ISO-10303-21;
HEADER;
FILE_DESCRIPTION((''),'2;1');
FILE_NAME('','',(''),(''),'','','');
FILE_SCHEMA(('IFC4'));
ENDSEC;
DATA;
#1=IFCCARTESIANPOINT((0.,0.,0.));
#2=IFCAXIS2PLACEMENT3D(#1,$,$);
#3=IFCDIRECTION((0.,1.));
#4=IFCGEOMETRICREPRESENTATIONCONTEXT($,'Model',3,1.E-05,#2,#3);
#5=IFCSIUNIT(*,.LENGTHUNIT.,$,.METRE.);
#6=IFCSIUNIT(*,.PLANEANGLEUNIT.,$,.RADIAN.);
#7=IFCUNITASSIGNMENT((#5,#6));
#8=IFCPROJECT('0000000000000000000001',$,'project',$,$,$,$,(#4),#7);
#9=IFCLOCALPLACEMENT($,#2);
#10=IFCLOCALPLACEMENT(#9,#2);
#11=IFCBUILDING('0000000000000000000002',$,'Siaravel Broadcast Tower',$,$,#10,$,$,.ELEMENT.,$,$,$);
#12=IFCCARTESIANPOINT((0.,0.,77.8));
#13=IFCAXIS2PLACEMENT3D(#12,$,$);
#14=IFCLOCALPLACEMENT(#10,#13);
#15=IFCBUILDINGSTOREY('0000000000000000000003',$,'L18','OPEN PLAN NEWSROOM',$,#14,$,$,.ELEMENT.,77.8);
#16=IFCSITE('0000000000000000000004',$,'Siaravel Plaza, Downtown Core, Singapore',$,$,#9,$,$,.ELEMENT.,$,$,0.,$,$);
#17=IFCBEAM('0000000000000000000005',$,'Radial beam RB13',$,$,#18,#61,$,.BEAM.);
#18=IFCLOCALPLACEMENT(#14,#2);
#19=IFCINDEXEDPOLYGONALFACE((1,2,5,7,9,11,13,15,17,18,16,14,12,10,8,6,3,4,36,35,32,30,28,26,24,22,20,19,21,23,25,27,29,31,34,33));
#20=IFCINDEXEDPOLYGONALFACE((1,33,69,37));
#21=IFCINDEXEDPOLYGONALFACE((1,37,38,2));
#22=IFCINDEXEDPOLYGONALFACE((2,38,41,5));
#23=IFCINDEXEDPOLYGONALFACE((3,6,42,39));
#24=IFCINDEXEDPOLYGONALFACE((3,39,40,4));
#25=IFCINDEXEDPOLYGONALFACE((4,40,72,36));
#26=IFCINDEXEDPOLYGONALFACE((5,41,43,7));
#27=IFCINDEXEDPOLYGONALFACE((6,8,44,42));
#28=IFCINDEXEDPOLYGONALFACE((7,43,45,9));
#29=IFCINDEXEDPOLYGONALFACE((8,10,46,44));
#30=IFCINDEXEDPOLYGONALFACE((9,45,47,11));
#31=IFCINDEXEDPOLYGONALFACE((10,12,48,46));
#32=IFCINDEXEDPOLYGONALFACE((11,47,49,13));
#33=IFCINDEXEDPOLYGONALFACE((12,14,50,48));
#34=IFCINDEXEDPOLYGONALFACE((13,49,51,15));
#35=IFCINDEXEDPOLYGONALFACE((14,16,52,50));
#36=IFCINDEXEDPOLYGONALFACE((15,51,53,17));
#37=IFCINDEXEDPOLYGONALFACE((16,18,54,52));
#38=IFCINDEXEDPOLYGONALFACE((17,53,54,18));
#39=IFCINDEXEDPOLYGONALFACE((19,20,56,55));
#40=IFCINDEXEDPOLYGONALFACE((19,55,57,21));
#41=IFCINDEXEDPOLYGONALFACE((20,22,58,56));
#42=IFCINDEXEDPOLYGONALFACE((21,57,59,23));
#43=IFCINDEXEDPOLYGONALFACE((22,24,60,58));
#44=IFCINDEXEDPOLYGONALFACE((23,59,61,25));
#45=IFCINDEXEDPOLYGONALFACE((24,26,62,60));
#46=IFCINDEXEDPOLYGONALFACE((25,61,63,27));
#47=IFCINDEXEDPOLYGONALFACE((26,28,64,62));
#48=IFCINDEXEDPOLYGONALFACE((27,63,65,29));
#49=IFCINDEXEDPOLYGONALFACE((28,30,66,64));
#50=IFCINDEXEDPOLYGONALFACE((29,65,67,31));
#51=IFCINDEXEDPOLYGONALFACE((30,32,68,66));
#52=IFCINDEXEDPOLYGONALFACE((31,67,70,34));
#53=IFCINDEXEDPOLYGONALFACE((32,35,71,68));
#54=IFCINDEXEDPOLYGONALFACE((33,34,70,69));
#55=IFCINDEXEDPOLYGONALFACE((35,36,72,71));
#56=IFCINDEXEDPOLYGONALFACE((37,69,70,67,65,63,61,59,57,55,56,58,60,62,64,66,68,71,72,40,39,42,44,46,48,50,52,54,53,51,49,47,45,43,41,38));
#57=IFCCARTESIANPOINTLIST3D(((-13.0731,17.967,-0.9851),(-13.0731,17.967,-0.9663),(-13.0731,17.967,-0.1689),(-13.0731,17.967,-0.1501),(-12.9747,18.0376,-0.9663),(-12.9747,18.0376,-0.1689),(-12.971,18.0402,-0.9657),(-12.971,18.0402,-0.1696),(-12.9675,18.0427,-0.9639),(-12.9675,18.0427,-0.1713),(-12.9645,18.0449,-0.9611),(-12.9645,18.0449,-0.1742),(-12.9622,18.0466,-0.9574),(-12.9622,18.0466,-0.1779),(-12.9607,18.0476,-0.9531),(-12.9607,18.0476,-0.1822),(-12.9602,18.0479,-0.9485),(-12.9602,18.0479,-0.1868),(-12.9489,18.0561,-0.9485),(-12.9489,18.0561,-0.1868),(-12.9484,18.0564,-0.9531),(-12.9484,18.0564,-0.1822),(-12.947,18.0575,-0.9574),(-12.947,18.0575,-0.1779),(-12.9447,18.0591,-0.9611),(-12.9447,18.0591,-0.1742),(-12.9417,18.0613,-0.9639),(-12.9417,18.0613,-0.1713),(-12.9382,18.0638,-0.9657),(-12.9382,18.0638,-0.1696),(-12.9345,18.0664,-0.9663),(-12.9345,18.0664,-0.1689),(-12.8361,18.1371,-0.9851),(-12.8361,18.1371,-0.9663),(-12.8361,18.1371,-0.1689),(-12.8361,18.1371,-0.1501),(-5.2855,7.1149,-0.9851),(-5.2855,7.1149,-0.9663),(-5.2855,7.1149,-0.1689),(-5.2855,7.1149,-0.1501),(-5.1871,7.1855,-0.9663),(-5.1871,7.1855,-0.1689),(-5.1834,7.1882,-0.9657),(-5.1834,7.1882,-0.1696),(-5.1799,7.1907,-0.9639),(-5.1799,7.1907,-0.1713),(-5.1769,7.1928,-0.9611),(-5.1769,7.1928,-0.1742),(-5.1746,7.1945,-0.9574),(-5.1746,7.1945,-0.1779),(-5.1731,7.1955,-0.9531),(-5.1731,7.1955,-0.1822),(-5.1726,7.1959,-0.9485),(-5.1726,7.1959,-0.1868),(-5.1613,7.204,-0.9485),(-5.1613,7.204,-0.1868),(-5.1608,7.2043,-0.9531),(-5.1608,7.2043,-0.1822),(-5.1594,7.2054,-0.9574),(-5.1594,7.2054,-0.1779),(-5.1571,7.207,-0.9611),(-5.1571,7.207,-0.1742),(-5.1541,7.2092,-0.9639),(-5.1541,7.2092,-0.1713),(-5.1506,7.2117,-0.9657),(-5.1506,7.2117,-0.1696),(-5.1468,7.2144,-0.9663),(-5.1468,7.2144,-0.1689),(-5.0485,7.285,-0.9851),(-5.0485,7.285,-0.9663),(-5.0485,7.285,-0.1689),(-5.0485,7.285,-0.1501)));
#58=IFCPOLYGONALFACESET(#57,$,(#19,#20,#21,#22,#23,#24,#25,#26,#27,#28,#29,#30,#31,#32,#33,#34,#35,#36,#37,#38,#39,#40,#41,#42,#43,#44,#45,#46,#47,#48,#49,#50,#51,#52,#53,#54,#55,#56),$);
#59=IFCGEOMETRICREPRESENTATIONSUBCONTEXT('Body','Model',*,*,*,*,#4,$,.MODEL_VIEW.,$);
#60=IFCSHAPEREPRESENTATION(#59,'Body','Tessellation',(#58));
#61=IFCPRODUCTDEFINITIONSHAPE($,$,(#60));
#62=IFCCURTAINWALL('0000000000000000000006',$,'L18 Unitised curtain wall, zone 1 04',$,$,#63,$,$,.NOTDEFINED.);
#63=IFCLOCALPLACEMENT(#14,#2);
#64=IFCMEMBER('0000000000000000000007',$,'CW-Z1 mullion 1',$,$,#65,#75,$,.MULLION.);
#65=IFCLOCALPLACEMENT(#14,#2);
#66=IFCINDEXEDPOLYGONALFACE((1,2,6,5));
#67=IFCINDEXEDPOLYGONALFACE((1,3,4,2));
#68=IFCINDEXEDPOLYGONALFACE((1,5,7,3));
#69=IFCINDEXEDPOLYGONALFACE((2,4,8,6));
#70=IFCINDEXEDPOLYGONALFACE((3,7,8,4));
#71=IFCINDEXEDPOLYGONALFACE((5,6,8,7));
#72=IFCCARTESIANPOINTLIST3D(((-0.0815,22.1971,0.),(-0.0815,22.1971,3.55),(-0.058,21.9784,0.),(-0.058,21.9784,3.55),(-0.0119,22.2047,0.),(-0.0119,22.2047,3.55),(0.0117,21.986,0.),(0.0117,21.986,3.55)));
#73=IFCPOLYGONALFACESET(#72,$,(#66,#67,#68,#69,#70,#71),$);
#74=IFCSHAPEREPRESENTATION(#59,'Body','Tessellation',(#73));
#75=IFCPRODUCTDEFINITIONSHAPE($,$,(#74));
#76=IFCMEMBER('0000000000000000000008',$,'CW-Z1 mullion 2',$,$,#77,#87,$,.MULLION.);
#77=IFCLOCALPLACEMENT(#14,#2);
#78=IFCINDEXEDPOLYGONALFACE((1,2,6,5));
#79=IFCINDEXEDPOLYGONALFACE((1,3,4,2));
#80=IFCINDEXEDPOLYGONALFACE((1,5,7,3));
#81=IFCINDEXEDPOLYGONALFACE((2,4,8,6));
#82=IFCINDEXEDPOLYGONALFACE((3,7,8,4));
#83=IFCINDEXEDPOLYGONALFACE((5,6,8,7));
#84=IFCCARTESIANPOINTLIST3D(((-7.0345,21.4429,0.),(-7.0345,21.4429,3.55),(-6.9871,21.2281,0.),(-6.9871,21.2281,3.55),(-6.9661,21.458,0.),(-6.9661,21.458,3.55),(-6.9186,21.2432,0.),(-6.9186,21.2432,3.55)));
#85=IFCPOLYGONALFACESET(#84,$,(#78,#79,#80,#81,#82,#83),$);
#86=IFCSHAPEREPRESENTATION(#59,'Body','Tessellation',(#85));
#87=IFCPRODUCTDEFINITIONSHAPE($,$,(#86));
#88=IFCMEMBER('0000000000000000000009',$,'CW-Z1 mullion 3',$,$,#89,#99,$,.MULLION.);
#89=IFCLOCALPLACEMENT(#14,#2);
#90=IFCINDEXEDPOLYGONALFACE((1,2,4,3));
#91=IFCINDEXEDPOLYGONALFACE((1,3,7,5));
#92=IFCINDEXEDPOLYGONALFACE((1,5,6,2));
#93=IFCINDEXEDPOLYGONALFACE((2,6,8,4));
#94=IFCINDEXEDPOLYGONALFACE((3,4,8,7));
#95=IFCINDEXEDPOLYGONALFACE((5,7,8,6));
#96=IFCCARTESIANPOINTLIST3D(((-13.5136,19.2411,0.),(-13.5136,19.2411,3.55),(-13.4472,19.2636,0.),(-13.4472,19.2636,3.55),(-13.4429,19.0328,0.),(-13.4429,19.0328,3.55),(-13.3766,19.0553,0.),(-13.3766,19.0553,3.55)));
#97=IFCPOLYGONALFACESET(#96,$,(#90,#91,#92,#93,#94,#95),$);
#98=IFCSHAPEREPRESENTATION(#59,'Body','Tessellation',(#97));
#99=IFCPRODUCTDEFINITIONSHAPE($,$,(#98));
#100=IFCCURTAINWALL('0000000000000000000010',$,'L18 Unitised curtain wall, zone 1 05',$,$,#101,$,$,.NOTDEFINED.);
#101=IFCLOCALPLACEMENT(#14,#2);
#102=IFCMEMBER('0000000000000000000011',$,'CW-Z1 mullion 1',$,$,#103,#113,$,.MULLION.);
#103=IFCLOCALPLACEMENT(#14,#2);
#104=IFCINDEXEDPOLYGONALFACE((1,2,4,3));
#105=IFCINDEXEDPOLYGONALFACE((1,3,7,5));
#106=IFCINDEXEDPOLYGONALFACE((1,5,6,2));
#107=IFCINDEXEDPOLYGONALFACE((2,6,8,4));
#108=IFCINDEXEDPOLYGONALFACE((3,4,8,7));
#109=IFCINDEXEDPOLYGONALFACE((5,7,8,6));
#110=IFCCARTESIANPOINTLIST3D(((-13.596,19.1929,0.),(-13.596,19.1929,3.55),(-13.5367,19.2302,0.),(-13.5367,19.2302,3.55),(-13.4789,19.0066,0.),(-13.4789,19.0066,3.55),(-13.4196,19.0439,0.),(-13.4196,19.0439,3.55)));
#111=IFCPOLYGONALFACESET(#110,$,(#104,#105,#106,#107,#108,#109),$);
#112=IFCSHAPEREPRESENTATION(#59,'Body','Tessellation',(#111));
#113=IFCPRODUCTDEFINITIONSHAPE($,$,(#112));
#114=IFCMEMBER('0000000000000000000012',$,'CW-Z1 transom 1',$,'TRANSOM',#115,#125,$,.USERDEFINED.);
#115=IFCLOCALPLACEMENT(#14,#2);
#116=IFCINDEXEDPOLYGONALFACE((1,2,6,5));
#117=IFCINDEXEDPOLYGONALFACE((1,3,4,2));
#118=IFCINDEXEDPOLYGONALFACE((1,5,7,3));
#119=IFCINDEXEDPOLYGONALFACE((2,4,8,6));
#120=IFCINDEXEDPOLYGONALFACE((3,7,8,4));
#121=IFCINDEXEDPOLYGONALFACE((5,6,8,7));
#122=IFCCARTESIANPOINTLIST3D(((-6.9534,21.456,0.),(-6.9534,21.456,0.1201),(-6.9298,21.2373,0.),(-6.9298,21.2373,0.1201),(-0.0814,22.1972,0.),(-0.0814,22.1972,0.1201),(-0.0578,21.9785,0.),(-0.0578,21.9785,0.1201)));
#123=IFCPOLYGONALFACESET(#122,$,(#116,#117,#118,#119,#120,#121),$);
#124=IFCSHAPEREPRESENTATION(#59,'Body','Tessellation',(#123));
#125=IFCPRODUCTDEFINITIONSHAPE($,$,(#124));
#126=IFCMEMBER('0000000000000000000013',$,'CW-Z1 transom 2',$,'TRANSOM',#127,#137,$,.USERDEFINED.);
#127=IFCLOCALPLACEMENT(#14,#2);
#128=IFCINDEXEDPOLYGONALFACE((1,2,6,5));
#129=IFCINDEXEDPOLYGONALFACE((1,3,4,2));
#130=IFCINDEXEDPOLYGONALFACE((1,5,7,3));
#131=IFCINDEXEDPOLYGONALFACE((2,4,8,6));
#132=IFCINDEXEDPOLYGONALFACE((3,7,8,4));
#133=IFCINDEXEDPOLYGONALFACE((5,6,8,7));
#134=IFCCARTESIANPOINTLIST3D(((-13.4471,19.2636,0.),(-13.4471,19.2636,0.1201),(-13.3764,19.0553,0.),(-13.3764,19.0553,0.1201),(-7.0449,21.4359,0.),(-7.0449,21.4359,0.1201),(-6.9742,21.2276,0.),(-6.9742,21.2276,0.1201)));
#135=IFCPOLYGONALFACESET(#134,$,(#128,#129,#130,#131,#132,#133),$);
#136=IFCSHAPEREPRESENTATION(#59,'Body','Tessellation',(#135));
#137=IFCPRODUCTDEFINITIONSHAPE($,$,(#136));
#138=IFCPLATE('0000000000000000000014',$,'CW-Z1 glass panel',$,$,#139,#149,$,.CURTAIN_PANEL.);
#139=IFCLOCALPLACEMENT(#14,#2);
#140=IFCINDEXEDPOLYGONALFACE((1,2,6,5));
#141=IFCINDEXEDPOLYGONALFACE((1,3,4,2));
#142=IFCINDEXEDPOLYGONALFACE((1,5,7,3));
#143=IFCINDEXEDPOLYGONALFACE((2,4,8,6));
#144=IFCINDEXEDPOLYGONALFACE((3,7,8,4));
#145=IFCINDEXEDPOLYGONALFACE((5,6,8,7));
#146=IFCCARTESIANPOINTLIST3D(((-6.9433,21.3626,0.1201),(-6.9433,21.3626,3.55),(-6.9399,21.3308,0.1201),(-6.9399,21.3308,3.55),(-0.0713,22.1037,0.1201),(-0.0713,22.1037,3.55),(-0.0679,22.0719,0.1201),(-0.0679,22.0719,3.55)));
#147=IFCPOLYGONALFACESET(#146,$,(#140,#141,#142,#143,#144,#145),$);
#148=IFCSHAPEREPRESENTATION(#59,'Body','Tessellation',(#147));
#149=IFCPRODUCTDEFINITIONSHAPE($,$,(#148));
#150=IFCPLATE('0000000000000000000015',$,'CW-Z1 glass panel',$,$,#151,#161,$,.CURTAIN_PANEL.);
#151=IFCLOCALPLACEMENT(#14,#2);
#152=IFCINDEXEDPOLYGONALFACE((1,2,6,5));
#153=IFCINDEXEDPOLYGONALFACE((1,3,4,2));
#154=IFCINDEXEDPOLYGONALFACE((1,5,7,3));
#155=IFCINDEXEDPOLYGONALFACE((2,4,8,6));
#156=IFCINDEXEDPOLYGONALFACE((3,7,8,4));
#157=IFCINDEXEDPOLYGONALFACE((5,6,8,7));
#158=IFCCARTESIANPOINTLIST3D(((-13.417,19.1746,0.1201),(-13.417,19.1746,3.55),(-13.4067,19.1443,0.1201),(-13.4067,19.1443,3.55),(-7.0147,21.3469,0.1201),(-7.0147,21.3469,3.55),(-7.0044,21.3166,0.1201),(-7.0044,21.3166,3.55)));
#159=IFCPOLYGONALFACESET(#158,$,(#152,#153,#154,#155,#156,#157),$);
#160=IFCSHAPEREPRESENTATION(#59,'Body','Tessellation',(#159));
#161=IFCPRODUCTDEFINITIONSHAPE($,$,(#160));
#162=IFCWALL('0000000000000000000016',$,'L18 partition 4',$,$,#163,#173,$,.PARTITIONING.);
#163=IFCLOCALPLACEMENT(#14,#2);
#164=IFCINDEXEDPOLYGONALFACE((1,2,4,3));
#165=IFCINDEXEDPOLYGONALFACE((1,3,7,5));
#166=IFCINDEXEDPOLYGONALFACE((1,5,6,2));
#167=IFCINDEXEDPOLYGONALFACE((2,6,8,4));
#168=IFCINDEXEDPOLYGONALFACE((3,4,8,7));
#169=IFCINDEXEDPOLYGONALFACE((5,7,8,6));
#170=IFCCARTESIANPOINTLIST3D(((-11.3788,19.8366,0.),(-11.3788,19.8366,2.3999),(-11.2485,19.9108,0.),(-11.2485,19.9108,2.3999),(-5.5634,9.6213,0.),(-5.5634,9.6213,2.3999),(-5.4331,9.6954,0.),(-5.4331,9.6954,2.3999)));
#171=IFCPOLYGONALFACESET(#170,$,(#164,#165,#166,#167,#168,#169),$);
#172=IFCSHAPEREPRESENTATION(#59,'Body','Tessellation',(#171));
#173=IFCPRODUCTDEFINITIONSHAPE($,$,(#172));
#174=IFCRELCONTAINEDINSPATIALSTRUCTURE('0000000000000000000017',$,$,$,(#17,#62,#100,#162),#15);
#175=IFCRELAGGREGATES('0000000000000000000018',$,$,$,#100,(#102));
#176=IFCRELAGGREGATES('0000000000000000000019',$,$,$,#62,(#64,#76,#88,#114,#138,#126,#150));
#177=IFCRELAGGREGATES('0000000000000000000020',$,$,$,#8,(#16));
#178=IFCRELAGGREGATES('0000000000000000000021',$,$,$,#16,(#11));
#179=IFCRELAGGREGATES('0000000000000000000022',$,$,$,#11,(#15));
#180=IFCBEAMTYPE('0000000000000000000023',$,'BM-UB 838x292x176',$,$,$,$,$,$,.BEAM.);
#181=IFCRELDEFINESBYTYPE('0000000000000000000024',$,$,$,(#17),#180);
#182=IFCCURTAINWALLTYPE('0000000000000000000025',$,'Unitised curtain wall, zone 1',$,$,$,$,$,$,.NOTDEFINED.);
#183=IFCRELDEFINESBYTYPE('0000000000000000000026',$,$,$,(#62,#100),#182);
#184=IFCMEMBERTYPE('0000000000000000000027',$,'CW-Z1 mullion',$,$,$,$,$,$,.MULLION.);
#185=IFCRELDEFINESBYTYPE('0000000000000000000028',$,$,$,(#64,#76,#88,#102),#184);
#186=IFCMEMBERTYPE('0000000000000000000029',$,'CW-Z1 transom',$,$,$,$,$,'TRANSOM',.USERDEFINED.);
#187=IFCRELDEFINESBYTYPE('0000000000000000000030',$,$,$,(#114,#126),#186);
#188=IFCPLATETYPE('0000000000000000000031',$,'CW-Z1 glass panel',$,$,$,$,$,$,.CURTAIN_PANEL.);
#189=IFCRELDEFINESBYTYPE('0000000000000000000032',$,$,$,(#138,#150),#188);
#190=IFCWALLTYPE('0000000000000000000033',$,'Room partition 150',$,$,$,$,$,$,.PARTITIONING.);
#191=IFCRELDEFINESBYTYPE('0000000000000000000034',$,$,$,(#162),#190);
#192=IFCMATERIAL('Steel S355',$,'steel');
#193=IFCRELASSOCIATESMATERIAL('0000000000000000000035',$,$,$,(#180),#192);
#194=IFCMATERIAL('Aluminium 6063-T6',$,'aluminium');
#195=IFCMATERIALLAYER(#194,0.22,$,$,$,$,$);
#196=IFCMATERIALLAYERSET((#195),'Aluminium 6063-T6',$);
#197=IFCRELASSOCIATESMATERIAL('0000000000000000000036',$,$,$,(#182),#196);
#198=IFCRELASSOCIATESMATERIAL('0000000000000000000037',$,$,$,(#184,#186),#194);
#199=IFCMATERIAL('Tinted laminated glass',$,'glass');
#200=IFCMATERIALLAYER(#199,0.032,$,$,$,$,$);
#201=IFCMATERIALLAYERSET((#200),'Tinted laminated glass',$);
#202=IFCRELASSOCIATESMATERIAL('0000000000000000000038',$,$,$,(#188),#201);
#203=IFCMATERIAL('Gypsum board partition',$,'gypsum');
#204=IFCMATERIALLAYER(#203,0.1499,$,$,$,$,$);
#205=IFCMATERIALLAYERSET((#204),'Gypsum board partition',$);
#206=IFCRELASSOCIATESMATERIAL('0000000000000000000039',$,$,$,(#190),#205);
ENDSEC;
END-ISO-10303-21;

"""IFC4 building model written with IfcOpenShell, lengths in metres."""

from ifc_helpers import new_model, si_unit, direction, frame, frame_2d, origin, origin_2d, place, context, subcontext, project, spatial, rectangle, i_section, extrude, material, layer, layer_set, material_profile, profile_set, type_object, element, aggregate, save


model = new_model("IFC4")

# Units and contexts
model_context = context("Model", 3, precision=1e-05, world=origin(), true_north=direction((0.0, 1.0)))
body_context = subcontext(model_context, "Body", "Model", "MODEL_VIEW")
ifc_project = project(units=[si_unit("LENGTHUNIT", "METRE"), si_unit("PLANEANGLEUNIT", "RADIAN")], contexts=[model_context])

# Site, building, storey
site_placement = place(None, origin())
site = spatial("IfcSite", under=ifc_project, at=site_placement, Name="Siaravel Plaza, Downtown Core, Singapore", CompositionType="ELEMENT", RefElevation=0.0)
building_placement = place(site_placement, origin())
building = spatial("IfcBuilding", under=site, at=building_placement, Name="Siaravel Broadcast Tower", CompositionType="ELEMENT")
storey_placement = place(building_placement, frame((0.0, 0.0, 77.8)))
storey = spatial("IfcBuildingStorey", under=building, at=storey_placement, Name="L18", Description="OPEN PLAN NEWSROOM", CompositionType="ELEMENT", Elevation=77.8)

# Beam
ifc_material_1 = material(Name="Steel S355", Category="steel")
ifc_material_profile_1 = material_profile(ifc_material_1, i_section(OverallWidth=0.2917, OverallDepth=0.835, WebThickness=0.0139, FlangeThickness=0.0188, FilletRadius=0.0178, at=origin_2d()))
ifc_profile_set_1 = profile_set([ifc_material_profile_1], Name="Steel S355")
beam_type = type_object("IfcBeamType", Name="BM-UB 838x292x176", PredefinedType="BEAM", material=ifc_profile_set_1)
beam_1_placement = place(storey_placement, frame((-12.9546, 18.052, -0.5676), z_axis=(0.583028, -0.812452, 0.0), x_axis=(0.812452, 0.583028, 0.0)))
element("IfcBeam", 1, at=beam_1_placement, inside=storey, type_object=beam_type, Name="Radial beam RB13", PredefinedType="BEAM", context=body_context, shape_type="SweptSolid", body=[
    extrude(i_section(OverallWidth=0.2917, OverallDepth=0.835, WebThickness=0.0139, FlangeThickness=0.0188, FilletRadius=0.0178, at=origin_2d()), origin(), (0.0, 0.0, 1.0), 13.3572),
])

# Curtain wall, members
ifc_material_2 = material(Name="Aluminium 6063-T6", Category="aluminium")
ifc_layer_1 = layer(ifc_material_2, 0.22)
ifc_layer_set_1 = layer_set([ifc_layer_1], Name="Aluminium 6063-T6")
curtain_wall_type = type_object("IfcCurtainWallType", Name="Unitised curtain wall, zone 1", PredefinedType="NOTDEFINED", material=ifc_layer_set_1)
curtain_wall_1_placement = place(storey_placement, origin())
curtain_wall_1 = element("IfcCurtainWall", 2, at=curtain_wall_1_placement, inside=storey, type_object=curtain_wall_type, Name="L18 Unitised curtain wall, zone 1 04", PredefinedType="NOTDEFINED")
ifc_material_profile_2 = material_profile(ifc_material_2, rectangle(XDim=0.22, YDim=0.0701, at=origin_2d()))
ifc_profile_set_2 = profile_set([ifc_material_profile_2], Name="Aluminium 6063-T6")
member_type_1 = type_object("IfcMemberType", Name="CW-Z1 mullion", PredefinedType="MULLION", material=ifc_profile_set_2)
member_1_placement = place(storey_placement, frame((-0.0349, 22.0916, 0.0), z_axis=(0.0, 0.0, 1.0), x_axis=(0.107218, -0.994236, 0.0)))
member_1 = element("IfcMember", 3, at=member_1_placement, type_object=member_type_1, Name="CW-Z1 mullion 1", PredefinedType="MULLION", context=body_context, shape_type="SweptSolid", body=[
    extrude(rectangle(XDim=0.22, YDim=0.0701, at=origin_2d()), origin(), (0.0, 0.0, 1.0), 3.55),
])
member_2_placement = place(storey_placement, frame((-6.9766, 21.343, 0.0), z_axis=(0.0, 0.0, 1.0), x_axis=(0.215558, -0.976491, 0.0)))
member_2 = element("IfcMember", 4, at=member_2_placement, type_object=member_type_1, Name="CW-Z1 mullion 2", PredefinedType="MULLION", context=body_context, shape_type="SweptSolid", body=[
    extrude(rectangle(XDim=0.22, YDim=0.0701, at=origin_2d()), origin(), (0.0, 0.0, 1.0), 3.55),
])
member_3_placement = place(storey_placement, frame((-13.4451, 19.1482, 0.0), z_axis=(0.0, 0.0, 1.0), x_axis=(0.321301, -0.946977, 0.0)))
member_3 = element("IfcMember", 5, at=member_3_placement, type_object=member_type_1, Name="CW-Z1 mullion 3", PredefinedType="MULLION", context=body_context, shape_type="SweptSolid", body=[
    extrude(rectangle(XDim=0.22, YDim=0.0701, at=origin_2d()), origin(), (0.0, 0.0, 1.0), 3.55),
])

# Curtain wall, member
curtain_wall_2_placement = place(storey_placement, origin())
curtain_wall_2 = element("IfcCurtainWall", 6, at=curtain_wall_2_placement, inside=storey, type_object=curtain_wall_type, Name="L18 Unitised curtain wall, zone 1 05", PredefinedType="NOTDEFINED")
member_4_placement = place(storey_placement, frame((-13.5078, 19.1184, 0.0), z_axis=(0.0, 0.0, 1.0), x_axis=(0.53215, -0.84665, 0.0)))
member_4 = element("IfcMember", 7, at=member_4_placement, type_object=member_type_1, Name="CW-Z1 mullion 1", PredefinedType="MULLION", context=body_context, shape_type="SweptSolid", body=[
    extrude(rectangle(XDim=0.22, YDim=0.0701, at=origin_2d()), origin(), (0.0, 0.0, 1.0), 3.55),
])
aggregate(curtain_wall_2, [member_4])

# Members
ifc_material_profile_3 = material_profile(ifc_material_2, rectangle(XDim=0.22, YDim=0.1201, at=origin_2d()))
ifc_profile_set_3 = profile_set([ifc_material_profile_3], Name="Aluminium 6063-T6")
member_type_2 = type_object("IfcMemberType", Name="CW-Z1 transom", ElementType="TRANSOM", PredefinedType="USERDEFINED", material=ifc_profile_set_3)
member_5_placement = place(storey_placement, frame((-0.0696, 22.0879, 0.0601), z_axis=(-0.994234, -0.107237, 0.0), x_axis=(0.107237, -0.994234, 0.0)))
member_5 = element("IfcMember", 8, at=member_5_placement, type_object=member_type_2, Name="CW-Z1 transom 1", ObjectType="TRANSOM", PredefinedType="USERDEFINED", context=body_context, shape_type="SweptSolid", body=[
    extrude(rectangle(XDim=0.22, YDim=0.1201, at=origin_2d()), origin(), (0.0, 0.0, 1.0), 6.9119),
])
member_6_placement = place(storey_placement, frame((-7.0095, 21.3318, 0.0601), z_axis=(-0.946972, -0.321315, 0.0), x_axis=(0.321315, -0.946972, 0.0)))
member_6 = element("IfcMember", 9, at=member_6_placement, type_object=member_type_2, Name="CW-Z1 transom 2", ObjectType="TRANSOM", PredefinedType="USERDEFINED", context=body_context, shape_type="SweptSolid", body=[
    extrude(rectangle(XDim=0.22, YDim=0.1201, at=origin_2d()), origin(), (0.0, 0.0, 1.0), 6.7607),
])

# Plates
ifc_material_3 = material(Name="Tinted laminated glass", Category="glass")
ifc_layer_2 = layer(ifc_material_3, 0.032)
ifc_layer_set_2 = layer_set([ifc_layer_2], Name="Tinted laminated glass")
plate_type = type_object("IfcPlateType", Name="CW-Z1 glass panel", PredefinedType="CURTAIN_PANEL", material=ifc_layer_set_2)
plate_1_placement = place(storey_placement, frame((-3.5056, 21.7173, 0.1201), z_axis=(0.0, 0.0, 1.0), x_axis=(-0.994236, -0.107218, 0.0)))
plate_1 = element("IfcPlate", 10, at=plate_1_placement, type_object=plate_type, Name="CW-Z1 glass panel", PredefinedType="CURTAIN_PANEL", context=body_context, shape_type="SweptSolid", body=[
    extrude(rectangle(XDim=6.9119, YDim=0.032, at=origin_2d()), origin(), (0.0, 0.0, 1.0), 3.4299),
])
plate_2_placement = place(storey_placement, frame((-10.2107, 20.2456, 0.1201), z_axis=(0.0, 0.0, 1.0), x_axis=(-0.946977, -0.321301, 0.0)))
plate_2 = element("IfcPlate", 11, at=plate_2_placement, type_object=plate_type, Name="CW-Z1 glass panel", PredefinedType="CURTAIN_PANEL", context=body_context, shape_type="SweptSolid", body=[
    extrude(rectangle(XDim=6.7607, YDim=0.032, at=origin_2d()), origin(), (0.0, 0.0, 1.0), 3.4299),
])
aggregate(curtain_wall_1, [member_1, member_2, member_3, member_5, plate_1, member_6, plate_2])

# Wall
ifc_material_4 = material(Name="Gypsum board partition", Category="gypsum")
ifc_layer_3 = layer(ifc_material_4, 0.1499)
ifc_layer_set_3 = layer_set([ifc_layer_3], Name="Gypsum board partition")
wall_type = type_object("IfcWallType", Name="Room partition 150", PredefinedType="PARTITIONING", material=ifc_layer_set_3)
wall_placement = place(storey_placement, frame((-11.3137, 19.8738, 0.0), z_axis=(0.0, 0.0, 1.0), x_axis=(0.494734, -0.869045, 0.0)))
element("IfcWall", 12, at=wall_placement, inside=storey, type_object=wall_type, Name="L18 partition 4", PredefinedType="PARTITIONING", context=body_context, shape_type="SweptSolid", body=[
    extrude(rectangle(XDim=11.7546, YDim=0.1499, at=frame_2d((5.8774, 0.0))), origin(), (0.0, 0.0, 1.0), 2.3999),
])

save(model, "model.ifc")
